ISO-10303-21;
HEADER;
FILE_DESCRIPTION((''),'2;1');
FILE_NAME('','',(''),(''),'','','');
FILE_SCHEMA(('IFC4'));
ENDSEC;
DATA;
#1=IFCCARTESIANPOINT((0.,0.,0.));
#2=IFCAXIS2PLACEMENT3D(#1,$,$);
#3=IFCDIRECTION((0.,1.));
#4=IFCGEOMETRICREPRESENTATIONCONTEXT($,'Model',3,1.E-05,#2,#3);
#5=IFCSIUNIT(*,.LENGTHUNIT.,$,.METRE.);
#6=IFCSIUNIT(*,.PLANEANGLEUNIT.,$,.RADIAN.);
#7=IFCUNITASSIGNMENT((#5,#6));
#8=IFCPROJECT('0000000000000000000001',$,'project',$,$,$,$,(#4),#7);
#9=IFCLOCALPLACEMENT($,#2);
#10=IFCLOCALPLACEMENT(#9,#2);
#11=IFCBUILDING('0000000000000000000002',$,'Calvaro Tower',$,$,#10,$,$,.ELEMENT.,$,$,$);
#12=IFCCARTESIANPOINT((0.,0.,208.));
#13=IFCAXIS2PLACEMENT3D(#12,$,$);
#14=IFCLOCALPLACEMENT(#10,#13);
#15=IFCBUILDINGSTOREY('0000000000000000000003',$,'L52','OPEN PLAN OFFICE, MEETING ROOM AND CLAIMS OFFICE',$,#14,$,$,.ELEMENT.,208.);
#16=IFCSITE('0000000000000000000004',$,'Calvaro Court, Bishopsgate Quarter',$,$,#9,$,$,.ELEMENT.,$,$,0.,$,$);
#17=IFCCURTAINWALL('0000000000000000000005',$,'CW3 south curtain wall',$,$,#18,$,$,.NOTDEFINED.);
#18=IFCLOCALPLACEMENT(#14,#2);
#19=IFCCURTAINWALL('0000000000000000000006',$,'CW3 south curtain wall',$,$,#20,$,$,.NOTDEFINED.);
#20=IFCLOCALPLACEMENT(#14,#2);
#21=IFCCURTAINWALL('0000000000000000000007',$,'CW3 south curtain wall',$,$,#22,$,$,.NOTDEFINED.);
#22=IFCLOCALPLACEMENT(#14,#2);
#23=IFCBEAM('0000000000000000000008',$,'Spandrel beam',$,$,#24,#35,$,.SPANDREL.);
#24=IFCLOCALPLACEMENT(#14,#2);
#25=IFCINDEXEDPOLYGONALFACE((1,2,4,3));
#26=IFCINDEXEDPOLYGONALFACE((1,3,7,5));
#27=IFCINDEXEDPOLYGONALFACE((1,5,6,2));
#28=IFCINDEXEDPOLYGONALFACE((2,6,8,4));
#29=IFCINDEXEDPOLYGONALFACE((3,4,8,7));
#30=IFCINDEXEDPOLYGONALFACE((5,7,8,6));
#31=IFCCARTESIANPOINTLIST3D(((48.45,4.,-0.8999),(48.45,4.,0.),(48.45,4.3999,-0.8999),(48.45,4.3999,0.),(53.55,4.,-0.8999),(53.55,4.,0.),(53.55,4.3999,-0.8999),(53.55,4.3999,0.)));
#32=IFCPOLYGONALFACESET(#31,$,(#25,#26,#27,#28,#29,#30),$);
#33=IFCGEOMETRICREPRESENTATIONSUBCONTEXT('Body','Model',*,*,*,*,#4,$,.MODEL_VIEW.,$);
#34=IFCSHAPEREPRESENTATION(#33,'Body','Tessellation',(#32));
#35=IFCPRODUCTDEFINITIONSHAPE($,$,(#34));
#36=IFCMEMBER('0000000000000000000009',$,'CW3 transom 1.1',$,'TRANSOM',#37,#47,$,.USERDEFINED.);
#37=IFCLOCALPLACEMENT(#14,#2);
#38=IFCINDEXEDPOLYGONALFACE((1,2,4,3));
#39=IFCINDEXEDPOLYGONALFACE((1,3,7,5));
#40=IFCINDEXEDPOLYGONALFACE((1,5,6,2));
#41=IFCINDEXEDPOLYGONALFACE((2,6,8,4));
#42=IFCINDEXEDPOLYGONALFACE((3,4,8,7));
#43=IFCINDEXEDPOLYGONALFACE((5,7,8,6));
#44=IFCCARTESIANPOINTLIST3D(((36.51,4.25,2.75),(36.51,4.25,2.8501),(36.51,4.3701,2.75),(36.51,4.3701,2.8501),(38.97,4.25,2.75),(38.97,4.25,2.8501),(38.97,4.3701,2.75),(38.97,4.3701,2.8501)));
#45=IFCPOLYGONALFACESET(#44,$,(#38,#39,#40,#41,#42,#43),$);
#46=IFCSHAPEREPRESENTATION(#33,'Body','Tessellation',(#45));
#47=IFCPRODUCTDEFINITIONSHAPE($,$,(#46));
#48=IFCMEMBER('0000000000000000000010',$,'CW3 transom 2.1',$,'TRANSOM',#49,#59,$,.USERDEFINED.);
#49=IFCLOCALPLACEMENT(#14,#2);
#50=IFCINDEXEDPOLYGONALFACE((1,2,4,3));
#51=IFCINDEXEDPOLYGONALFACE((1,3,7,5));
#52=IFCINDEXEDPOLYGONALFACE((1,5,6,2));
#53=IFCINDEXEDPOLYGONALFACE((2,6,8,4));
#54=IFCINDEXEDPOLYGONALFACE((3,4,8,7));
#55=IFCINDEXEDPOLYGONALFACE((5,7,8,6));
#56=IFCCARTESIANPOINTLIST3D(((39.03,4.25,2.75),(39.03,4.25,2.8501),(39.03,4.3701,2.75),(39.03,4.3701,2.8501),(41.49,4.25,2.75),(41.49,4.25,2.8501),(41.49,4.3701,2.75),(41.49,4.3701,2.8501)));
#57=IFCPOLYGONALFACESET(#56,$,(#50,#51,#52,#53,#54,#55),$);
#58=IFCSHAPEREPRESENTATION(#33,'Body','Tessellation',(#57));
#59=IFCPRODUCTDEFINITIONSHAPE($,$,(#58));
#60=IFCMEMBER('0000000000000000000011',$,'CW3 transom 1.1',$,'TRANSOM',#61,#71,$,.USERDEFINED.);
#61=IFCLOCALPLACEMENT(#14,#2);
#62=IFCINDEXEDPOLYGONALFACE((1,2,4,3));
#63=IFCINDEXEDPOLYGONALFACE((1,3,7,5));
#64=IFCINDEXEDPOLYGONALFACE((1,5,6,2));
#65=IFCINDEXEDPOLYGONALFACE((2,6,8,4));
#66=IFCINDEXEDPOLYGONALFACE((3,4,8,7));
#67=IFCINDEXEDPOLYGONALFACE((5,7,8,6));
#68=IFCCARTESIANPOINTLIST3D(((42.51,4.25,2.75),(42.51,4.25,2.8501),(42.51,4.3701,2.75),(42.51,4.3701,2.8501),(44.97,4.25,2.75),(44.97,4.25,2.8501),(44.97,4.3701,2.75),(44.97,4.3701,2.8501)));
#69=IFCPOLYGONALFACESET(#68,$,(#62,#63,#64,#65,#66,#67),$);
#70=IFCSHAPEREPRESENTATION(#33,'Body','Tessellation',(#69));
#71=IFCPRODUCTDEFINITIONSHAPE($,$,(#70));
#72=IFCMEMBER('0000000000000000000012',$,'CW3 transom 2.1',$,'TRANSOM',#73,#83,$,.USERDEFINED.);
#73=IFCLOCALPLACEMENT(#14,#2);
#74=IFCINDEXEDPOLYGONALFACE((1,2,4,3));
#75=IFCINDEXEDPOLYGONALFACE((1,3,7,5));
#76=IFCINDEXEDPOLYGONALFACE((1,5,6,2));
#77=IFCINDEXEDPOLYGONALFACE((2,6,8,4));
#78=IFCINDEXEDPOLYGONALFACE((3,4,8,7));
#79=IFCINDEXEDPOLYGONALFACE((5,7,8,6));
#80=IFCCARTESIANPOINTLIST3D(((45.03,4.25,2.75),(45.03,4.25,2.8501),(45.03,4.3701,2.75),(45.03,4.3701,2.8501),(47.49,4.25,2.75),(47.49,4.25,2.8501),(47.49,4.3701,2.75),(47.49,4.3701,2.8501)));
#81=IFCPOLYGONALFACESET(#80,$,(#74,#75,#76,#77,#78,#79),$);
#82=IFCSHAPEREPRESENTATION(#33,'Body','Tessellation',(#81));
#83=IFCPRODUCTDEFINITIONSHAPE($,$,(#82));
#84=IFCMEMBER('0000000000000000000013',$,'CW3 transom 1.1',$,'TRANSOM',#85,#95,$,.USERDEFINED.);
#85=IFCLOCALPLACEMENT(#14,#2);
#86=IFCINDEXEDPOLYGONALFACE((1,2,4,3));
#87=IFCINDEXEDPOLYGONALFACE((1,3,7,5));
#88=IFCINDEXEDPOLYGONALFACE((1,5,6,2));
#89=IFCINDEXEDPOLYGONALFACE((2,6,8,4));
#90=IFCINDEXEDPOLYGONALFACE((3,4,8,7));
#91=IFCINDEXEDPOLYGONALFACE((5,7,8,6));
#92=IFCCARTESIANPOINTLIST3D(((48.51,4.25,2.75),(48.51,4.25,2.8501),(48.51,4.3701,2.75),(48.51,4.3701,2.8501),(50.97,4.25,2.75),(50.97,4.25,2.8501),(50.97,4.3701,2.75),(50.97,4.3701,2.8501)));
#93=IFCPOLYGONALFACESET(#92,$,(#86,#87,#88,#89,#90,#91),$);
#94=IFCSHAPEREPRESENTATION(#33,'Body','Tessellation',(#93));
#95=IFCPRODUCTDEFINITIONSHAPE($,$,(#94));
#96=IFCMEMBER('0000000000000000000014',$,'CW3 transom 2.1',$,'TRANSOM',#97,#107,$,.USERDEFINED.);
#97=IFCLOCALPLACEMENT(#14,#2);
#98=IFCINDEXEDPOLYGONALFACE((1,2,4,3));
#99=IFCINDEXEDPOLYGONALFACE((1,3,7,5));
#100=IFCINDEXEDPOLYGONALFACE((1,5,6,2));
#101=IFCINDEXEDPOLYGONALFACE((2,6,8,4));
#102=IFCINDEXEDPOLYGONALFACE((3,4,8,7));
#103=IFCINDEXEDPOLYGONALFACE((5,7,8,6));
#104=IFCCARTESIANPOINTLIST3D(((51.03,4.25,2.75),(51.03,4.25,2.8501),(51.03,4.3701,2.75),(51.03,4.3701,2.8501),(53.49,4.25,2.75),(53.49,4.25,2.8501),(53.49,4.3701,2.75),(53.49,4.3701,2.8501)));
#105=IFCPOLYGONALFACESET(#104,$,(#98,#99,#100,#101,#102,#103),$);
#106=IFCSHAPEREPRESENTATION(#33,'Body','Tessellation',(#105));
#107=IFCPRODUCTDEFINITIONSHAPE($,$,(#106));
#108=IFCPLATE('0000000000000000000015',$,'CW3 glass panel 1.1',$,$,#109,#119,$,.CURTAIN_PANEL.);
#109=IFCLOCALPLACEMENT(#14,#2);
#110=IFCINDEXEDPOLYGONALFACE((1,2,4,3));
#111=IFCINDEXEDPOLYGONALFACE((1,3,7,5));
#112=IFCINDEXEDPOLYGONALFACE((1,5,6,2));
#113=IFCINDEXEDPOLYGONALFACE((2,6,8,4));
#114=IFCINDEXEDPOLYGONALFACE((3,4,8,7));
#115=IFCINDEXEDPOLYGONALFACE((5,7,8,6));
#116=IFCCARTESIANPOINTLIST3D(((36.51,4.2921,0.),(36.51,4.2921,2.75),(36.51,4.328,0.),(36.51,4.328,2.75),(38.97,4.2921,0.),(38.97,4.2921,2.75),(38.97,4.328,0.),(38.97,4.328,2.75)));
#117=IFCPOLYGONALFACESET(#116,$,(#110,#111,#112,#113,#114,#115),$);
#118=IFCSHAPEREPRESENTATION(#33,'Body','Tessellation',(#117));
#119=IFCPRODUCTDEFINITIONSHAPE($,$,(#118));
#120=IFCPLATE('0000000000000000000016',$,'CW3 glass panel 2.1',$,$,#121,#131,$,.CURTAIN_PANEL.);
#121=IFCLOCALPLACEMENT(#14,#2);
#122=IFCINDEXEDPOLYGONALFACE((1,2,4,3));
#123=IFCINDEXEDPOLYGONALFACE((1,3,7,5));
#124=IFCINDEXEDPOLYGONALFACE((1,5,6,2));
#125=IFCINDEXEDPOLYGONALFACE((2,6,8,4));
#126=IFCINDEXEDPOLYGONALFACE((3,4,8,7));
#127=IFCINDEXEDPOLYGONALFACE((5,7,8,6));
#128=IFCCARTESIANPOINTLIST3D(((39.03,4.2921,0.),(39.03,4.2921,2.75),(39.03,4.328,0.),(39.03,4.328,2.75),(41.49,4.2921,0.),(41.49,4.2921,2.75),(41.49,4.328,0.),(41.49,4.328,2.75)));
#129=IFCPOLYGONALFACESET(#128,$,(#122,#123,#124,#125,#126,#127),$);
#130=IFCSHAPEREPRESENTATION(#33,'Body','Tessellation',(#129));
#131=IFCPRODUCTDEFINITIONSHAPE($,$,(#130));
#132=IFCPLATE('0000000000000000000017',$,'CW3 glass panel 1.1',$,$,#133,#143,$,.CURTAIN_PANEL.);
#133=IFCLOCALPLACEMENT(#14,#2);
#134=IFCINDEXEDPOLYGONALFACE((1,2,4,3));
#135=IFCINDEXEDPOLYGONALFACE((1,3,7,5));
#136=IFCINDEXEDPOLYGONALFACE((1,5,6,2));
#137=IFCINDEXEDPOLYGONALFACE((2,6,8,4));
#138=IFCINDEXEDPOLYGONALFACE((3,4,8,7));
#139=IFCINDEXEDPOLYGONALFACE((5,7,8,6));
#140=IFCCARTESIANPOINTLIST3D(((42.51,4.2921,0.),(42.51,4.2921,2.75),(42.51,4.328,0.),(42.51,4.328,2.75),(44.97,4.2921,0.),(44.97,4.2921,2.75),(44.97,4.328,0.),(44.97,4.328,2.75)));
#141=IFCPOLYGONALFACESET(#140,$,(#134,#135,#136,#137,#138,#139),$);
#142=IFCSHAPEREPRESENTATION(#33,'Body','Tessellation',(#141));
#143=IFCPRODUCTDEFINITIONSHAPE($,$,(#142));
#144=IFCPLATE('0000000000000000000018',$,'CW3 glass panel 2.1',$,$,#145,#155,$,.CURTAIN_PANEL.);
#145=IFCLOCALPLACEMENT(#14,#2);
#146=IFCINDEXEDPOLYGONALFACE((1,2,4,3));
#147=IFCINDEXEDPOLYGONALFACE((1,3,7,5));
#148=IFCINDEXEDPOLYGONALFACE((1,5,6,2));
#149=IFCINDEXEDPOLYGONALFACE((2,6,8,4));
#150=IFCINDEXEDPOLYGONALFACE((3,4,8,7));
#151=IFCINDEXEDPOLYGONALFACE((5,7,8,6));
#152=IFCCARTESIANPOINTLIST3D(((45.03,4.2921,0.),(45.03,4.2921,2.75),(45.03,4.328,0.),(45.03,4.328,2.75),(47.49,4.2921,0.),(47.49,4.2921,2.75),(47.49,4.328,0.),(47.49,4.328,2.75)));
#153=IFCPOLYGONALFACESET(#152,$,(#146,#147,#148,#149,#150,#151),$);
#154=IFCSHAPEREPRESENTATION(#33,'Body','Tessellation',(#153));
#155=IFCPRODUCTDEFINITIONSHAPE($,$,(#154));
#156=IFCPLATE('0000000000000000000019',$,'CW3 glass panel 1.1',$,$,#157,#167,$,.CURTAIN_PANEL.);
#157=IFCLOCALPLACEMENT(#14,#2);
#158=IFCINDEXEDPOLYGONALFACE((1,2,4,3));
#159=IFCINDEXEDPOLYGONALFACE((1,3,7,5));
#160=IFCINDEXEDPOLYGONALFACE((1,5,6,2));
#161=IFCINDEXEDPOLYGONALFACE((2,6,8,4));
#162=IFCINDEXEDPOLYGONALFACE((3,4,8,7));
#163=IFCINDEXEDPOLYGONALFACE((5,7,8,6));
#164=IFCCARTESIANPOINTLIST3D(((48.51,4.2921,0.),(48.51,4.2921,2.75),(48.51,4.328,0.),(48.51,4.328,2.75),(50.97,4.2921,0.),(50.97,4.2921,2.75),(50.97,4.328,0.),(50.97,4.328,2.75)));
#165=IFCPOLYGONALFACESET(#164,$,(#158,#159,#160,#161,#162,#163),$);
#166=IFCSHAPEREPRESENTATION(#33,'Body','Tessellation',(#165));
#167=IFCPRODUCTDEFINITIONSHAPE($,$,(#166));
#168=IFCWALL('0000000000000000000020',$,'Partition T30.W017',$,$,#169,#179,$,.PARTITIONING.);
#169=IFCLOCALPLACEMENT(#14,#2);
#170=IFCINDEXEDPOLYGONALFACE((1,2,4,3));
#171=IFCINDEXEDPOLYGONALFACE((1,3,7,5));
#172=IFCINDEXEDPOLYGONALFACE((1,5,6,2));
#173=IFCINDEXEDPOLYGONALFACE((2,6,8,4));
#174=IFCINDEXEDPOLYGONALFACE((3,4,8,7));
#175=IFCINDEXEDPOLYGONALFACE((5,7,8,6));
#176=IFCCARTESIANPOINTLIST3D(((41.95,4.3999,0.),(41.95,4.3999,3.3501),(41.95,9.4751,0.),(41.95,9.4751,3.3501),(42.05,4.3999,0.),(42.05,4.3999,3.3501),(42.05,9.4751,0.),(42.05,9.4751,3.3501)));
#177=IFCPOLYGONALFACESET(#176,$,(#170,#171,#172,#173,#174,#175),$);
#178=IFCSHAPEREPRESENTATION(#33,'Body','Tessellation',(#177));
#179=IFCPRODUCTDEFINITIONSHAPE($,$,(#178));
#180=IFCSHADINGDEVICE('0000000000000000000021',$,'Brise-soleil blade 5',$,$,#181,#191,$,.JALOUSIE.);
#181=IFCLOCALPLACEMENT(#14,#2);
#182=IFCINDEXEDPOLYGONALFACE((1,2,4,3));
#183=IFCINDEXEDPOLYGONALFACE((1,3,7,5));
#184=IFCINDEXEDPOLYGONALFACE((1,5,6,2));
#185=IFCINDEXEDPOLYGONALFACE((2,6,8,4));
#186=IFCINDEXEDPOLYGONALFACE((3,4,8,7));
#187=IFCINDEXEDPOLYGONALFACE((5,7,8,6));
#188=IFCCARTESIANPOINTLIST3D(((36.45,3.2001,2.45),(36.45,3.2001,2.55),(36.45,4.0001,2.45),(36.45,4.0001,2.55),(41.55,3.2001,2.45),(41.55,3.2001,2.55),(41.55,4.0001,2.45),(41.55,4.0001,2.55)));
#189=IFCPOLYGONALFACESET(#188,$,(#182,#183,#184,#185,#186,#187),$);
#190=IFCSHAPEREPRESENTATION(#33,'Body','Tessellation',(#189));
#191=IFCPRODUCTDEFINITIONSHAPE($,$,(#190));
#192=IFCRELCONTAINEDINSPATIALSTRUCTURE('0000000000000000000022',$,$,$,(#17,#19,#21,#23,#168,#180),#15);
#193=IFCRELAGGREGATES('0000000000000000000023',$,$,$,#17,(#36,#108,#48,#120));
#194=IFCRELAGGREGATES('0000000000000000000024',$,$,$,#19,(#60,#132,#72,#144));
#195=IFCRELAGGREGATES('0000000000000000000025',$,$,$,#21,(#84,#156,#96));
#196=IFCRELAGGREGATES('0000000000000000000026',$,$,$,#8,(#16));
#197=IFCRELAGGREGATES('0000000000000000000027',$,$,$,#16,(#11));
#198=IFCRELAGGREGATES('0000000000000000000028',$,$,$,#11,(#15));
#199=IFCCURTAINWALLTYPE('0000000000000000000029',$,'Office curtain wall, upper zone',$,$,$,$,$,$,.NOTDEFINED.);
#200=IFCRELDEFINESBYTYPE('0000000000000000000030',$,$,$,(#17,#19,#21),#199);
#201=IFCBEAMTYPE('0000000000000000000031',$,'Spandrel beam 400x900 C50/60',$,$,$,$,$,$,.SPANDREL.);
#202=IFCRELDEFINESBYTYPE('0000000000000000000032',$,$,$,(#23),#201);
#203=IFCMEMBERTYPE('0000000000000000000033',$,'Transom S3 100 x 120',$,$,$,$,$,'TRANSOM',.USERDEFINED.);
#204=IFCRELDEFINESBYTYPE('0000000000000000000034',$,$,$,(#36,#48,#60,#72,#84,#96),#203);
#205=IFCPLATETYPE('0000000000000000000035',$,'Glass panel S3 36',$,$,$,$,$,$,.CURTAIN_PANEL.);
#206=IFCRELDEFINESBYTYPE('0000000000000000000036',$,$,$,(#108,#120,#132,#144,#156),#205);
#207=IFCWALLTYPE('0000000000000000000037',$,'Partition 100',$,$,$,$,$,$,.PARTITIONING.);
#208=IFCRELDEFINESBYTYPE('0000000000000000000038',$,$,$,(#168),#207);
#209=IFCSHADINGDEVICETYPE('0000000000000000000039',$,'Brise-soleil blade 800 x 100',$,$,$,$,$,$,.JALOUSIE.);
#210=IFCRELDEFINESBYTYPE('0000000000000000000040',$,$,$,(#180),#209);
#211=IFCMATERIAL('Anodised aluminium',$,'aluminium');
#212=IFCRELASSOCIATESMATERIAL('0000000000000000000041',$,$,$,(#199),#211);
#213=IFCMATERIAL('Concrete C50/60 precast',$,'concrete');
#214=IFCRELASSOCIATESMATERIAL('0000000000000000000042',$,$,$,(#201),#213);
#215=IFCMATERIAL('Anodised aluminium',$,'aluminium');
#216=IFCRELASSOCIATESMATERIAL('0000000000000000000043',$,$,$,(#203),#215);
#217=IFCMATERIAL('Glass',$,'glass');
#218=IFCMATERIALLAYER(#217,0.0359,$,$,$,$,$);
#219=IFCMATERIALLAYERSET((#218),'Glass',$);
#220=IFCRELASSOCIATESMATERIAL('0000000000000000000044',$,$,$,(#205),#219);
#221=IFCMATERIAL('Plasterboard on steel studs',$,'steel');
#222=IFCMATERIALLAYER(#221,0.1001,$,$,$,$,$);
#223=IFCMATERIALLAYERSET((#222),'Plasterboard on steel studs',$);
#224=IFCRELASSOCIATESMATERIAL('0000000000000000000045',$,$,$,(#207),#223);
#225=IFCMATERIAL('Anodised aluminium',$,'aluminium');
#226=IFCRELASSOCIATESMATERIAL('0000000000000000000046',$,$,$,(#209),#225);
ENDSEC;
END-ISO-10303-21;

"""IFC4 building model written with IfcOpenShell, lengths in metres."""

from ifc_helpers import new_model, si_unit, direction, frame, frame_2d, origin, origin_2d, place, context, subcontext, project, spatial, rectangle, extrude, material, layer, layer_set, material_profile, profile_set, type_object, element, aggregate, save


model = new_model("IFC4")

# Units and contexts
model_context = context("Model", 3, precision=1e-05, world=origin(), true_north=direction((0.0, 1.0)))
body_context = subcontext(model_context, "Body", "Model", "MODEL_VIEW")
ifc_project = project(units=[si_unit("LENGTHUNIT", "METRE"), si_unit("PLANEANGLEUNIT", "RADIAN")], contexts=[model_context])

# Site, building, storey
site_placement = place(None, origin())
site = spatial("IfcSite", under=ifc_project, at=site_placement, Name="Calvaro Court, Bishopsgate Quarter", CompositionType="ELEMENT", RefElevation=0.0)
building_placement = place(site_placement, origin())
building = spatial("IfcBuilding", under=site, at=building_placement, Name="Calvaro Tower", CompositionType="ELEMENT")
storey_placement = place(building_placement, frame((0.0, 0.0, 208.0)))
storey = spatial("IfcBuildingStorey", under=building, at=storey_placement, Name="L52", Description="OPEN PLAN OFFICE, MEETING ROOM AND CLAIMS OFFICE", CompositionType="ELEMENT", Elevation=208.0)

# Shared definitions
ifc_material_1 = material(Name="Anodised aluminium", Category="aluminium")
curtain_wall_type = type_object("IfcCurtainWallType", Name="Office curtain wall, upper zone", PredefinedType="NOTDEFINED", material=ifc_material_1)

# Curtain walls
curtain_wall_1_placement = place(storey_placement, origin())
curtain_wall_1 = element("IfcCurtainWall", 1, at=curtain_wall_1_placement, inside=storey, type_object=curtain_wall_type, Name="CW3 south curtain wall", PredefinedType="NOTDEFINED")
curtain_wall_2_placement = place(storey_placement, origin())
curtain_wall_2 = element("IfcCurtainWall", 2, at=curtain_wall_2_placement, inside=storey, type_object=curtain_wall_type, Name="CW3 south curtain wall", PredefinedType="NOTDEFINED")
curtain_wall_3_placement = place(storey_placement, origin())
curtain_wall_3 = element("IfcCurtainWall", 3, at=curtain_wall_3_placement, inside=storey, type_object=curtain_wall_type, Name="CW3 south curtain wall", PredefinedType="NOTDEFINED")

# Beam
ifc_material_2 = material(Name="Concrete C50/60 precast", Category="concrete")
ifc_material_profile_1 = material_profile(ifc_material_2, rectangle(XDim=0.3999, YDim=0.8999, at=origin_2d()), Name="RC 400x900")
ifc_profile_set_1 = profile_set([ifc_material_profile_1], Name="Concrete C50/60 precast")
beam_type = type_object("IfcBeamType", Name="Spandrel beam 400x900 C50/60", PredefinedType="SPANDREL", material=ifc_profile_set_1)
for number, where, z_axis, x_axis, name in (
    (4, (48.45, 4.2, -0.45), (1.0, 0.0, 0.0), (0.0, 1.0, 0.0), "Spandrel beam"),
):
    element("IfcBeam", number, at=place(storey_placement, frame(where, z_axis=z_axis, x_axis=x_axis)), inside=storey, type_object=beam_type, Name=name, PredefinedType="SPANDREL", context=body_context, shape_type="SweptSolid", body=[
        extrude(rectangle(XDim=0.3999, YDim=0.8999, at=origin_2d()), origin(), (0.0, 0.0, 1.0), 5.1001),
    ])

# Members
ifc_material_3 = material(Name="Anodised aluminium", Category="aluminium")
ifc_material_profile_2 = material_profile(ifc_material_3, rectangle(XDim=0.1201, YDim=0.1001, at=origin_2d()), Name="Transom S3 100 x 120")
ifc_profile_set_2 = profile_set([ifc_material_profile_2], Name="Anodised aluminium")
member_type_1 = type_object("IfcMemberType", Name="Transom S3 100 x 120", ElementType="TRANSOM", PredefinedType="USERDEFINED", material=ifc_profile_set_2)
member_1_placement = place(storey_placement, frame((36.51, 4.3101, 2.8), z_axis=(1.0, 0.0, 0.0), x_axis=(0.0, 1.0, 0.0)))
member_1 = element("IfcMember", 5, at=member_1_placement, type_object=member_type_1, Name="CW3 transom 1.1", ObjectType="TRANSOM", PredefinedType="USERDEFINED", context=body_context, shape_type="SweptSolid", body=[
    extrude(rectangle(XDim=0.1201, YDim=0.1001, at=origin_2d()), origin(), (0.0, 0.0, 1.0), 2.46),
])
member_2_placement = place(storey_placement, frame((39.03, 4.3101, 2.8), z_axis=(1.0, 0.0, 0.0), x_axis=(0.0, 1.0, 0.0)))
member_2 = element("IfcMember", 6, at=member_2_placement, type_object=member_type_1, Name="CW3 transom 2.1", ObjectType="TRANSOM", PredefinedType="USERDEFINED", context=body_context, shape_type="SweptSolid", body=[
    extrude(rectangle(XDim=0.1201, YDim=0.1001, at=origin_2d()), origin(), (0.0, 0.0, 1.0), 2.46),
])
member_3_placement = place(storey_placement, frame((42.51, 4.3101, 2.8), z_axis=(1.0, 0.0, 0.0), x_axis=(0.0, 1.0, 0.0)))
member_3 = element("IfcMember", 7, at=member_3_placement, type_object=member_type_1, Name="CW3 transom 1.1", ObjectType="TRANSOM", PredefinedType="USERDEFINED", context=body_context, shape_type="SweptSolid", body=[
    extrude(rectangle(XDim=0.1201, YDim=0.1001, at=origin_2d()), origin(), (0.0, 0.0, 1.0), 2.46),
])
member_4_placement = place(storey_placement, frame((45.03, 4.3101, 2.8), z_axis=(1.0, 0.0, 0.0), x_axis=(0.0, 1.0, 0.0)))
member_4 = element("IfcMember", 8, at=member_4_placement, type_object=member_type_1, Name="CW3 transom 2.1", ObjectType="TRANSOM", PredefinedType="USERDEFINED", context=body_context, shape_type="SweptSolid", body=[
    extrude(rectangle(XDim=0.1201, YDim=0.1001, at=origin_2d()), origin(), (0.0, 0.0, 1.0), 2.46),
])
member_5_placement = place(storey_placement, frame((48.51, 4.3101, 2.8), z_axis=(1.0, 0.0, 0.0), x_axis=(0.0, 1.0, 0.0)))
member_5 = element("IfcMember", 9, at=member_5_placement, type_object=member_type_1, Name="CW3 transom 1.1", ObjectType="TRANSOM", PredefinedType="USERDEFINED", context=body_context, shape_type="SweptSolid", body=[
    extrude(rectangle(XDim=0.1201, YDim=0.1001, at=origin_2d()), origin(), (0.0, 0.0, 1.0), 2.46),
])
member_6_placement = place(storey_placement, frame((51.03, 4.3101, 2.8), z_axis=(1.0, 0.0, 0.0), x_axis=(0.0, 1.0, 0.0)))
member_6 = element("IfcMember", 10, at=member_6_placement, type_object=member_type_1, Name="CW3 transom 2.1", ObjectType="TRANSOM", PredefinedType="USERDEFINED", context=body_context, shape_type="SweptSolid", body=[
    extrude(rectangle(XDim=0.1201, YDim=0.1001, at=origin_2d()), origin(), (0.0, 0.0, 1.0), 2.46),
])

# Plates
ifc_material_4 = material(Name="Glass", Category="glass")
ifc_layer_1 = layer(ifc_material_4, 0.0359)
ifc_layer_set_1 = layer_set([ifc_layer_1], Name="Glass")
plate_type = type_object("IfcPlateType", Name="Glass panel S3 36", PredefinedType="CURTAIN_PANEL", material=ifc_layer_set_1)
plate_1_placement = place(storey_placement, frame((37.74, 4.3101, 0.0), z_axis=(0.0, 0.0, 1.0), x_axis=(1.0, 0.0, 0.0)))
plate_1 = element("IfcPlate", 11, at=plate_1_placement, type_object=plate_type, Name="CW3 glass panel 1.1", PredefinedType="CURTAIN_PANEL", context=body_context, shape_type="SweptSolid", body=[
    extrude(rectangle(XDim=2.46, YDim=0.0359, at=origin_2d()), origin(), (0.0, 0.0, 1.0), 2.75),
])
plate_2_placement = place(storey_placement, frame((40.26, 4.3101, 0.0), z_axis=(0.0, 0.0, 1.0), x_axis=(1.0, 0.0, 0.0)))
plate_2 = element("IfcPlate", 12, at=plate_2_placement, type_object=plate_type, Name="CW3 glass panel 2.1", PredefinedType="CURTAIN_PANEL", context=body_context, shape_type="SweptSolid", body=[
    extrude(rectangle(XDim=2.46, YDim=0.0359, at=origin_2d()), origin(), (0.0, 0.0, 1.0), 2.75),
])
aggregate(curtain_wall_1, [member_1, plate_1, member_2, plate_2])
plate_3_placement = place(storey_placement, frame((43.74, 4.3101, 0.0), z_axis=(0.0, 0.0, 1.0), x_axis=(1.0, 0.0, 0.0)))
plate_3 = element("IfcPlate", 13, at=plate_3_placement, type_object=plate_type, Name="CW3 glass panel 1.1", PredefinedType="CURTAIN_PANEL", context=body_context, shape_type="SweptSolid", body=[
    extrude(rectangle(XDim=2.46, YDim=0.0359, at=origin_2d()), origin(), (0.0, 0.0, 1.0), 2.75),
])
plate_4_placement = place(storey_placement, frame((46.26, 4.3101, 0.0), z_axis=(0.0, 0.0, 1.0), x_axis=(1.0, 0.0, 0.0)))
plate_4 = element("IfcPlate", 14, at=plate_4_placement, type_object=plate_type, Name="CW3 glass panel 2.1", PredefinedType="CURTAIN_PANEL", context=body_context, shape_type="SweptSolid", body=[
    extrude(rectangle(XDim=2.46, YDim=0.0359, at=origin_2d()), origin(), (0.0, 0.0, 1.0), 2.75),
])
aggregate(curtain_wall_2, [member_3, plate_3, member_4, plate_4])
plate_5_placement = place(storey_placement, frame((49.74, 4.3101, 0.0), z_axis=(0.0, 0.0, 1.0), x_axis=(1.0, 0.0, 0.0)))
plate_5 = element("IfcPlate", 15, at=plate_5_placement, type_object=plate_type, Name="CW3 glass panel 1.1", PredefinedType="CURTAIN_PANEL", context=body_context, shape_type="SweptSolid", body=[
    extrude(rectangle(XDim=2.46, YDim=0.0359, at=origin_2d()), origin(), (0.0, 0.0, 1.0), 2.75),
])
aggregate(curtain_wall_3, [member_5, plate_5, member_6])

# Wall
ifc_material_5 = material(Name="Plasterboard on steel studs", Category="steel")
ifc_layer_2 = layer(ifc_material_5, 0.1001)
ifc_layer_set_2 = layer_set([ifc_layer_2], Name="Plasterboard on steel studs")
wall_type = type_object("IfcWallType", Name="Partition 100", PredefinedType="PARTITIONING", material=ifc_layer_set_2)
wall_placement = place(storey_placement, frame((42.0, 4.3999, 0.0), z_axis=(0.0, 0.0, 1.0), x_axis=(0.0, 1.0, 0.0)))
element("IfcWall", 16, at=wall_placement, inside=storey, type_object=wall_type, Name="Partition T30.W017", PredefinedType="PARTITIONING", context=body_context, shape_type="SweptSolid", body=[
    extrude(rectangle(XDim=5.0752, YDim=0.1001, at=frame_2d((2.5376, 0.0))), origin(), (0.0, 0.0, 1.0), 3.3501),
])

# Shading device
ifc_material_6 = material(Name="Anodised aluminium", Category="aluminium")
ifc_material_profile_3 = material_profile(ifc_material_6, rectangle(XDim=0.8, YDim=0.1001, at=origin_2d()), Name="Brise-soleil blade 800 x 100")
ifc_profile_set_3 = profile_set([ifc_material_profile_3], Name="Anodised aluminium")
shading_device_type = type_object("IfcShadingDeviceType", Name="Brise-soleil blade 800 x 100", PredefinedType="JALOUSIE", material=ifc_profile_set_3)
for number, where, z_axis, x_axis, name in (
    (17, (36.45, 3.6001, 2.5), (1.0, 0.0, 0.0), (0.0, 1.0, 0.0), "Brise-soleil blade 5"),
):
    element("IfcShadingDevice", number, at=place(storey_placement, frame(where, z_axis=z_axis, x_axis=x_axis)), inside=storey, type_object=shading_device_type, Name=name, PredefinedType="JALOUSIE", context=body_context, shape_type="SweptSolid", body=[
        extrude(rectangle(XDim=0.8, YDim=0.1001, at=origin_2d()), origin(), (0.0, 0.0, 1.0), 5.1001),
    ])

save(model, "model.ifc")
